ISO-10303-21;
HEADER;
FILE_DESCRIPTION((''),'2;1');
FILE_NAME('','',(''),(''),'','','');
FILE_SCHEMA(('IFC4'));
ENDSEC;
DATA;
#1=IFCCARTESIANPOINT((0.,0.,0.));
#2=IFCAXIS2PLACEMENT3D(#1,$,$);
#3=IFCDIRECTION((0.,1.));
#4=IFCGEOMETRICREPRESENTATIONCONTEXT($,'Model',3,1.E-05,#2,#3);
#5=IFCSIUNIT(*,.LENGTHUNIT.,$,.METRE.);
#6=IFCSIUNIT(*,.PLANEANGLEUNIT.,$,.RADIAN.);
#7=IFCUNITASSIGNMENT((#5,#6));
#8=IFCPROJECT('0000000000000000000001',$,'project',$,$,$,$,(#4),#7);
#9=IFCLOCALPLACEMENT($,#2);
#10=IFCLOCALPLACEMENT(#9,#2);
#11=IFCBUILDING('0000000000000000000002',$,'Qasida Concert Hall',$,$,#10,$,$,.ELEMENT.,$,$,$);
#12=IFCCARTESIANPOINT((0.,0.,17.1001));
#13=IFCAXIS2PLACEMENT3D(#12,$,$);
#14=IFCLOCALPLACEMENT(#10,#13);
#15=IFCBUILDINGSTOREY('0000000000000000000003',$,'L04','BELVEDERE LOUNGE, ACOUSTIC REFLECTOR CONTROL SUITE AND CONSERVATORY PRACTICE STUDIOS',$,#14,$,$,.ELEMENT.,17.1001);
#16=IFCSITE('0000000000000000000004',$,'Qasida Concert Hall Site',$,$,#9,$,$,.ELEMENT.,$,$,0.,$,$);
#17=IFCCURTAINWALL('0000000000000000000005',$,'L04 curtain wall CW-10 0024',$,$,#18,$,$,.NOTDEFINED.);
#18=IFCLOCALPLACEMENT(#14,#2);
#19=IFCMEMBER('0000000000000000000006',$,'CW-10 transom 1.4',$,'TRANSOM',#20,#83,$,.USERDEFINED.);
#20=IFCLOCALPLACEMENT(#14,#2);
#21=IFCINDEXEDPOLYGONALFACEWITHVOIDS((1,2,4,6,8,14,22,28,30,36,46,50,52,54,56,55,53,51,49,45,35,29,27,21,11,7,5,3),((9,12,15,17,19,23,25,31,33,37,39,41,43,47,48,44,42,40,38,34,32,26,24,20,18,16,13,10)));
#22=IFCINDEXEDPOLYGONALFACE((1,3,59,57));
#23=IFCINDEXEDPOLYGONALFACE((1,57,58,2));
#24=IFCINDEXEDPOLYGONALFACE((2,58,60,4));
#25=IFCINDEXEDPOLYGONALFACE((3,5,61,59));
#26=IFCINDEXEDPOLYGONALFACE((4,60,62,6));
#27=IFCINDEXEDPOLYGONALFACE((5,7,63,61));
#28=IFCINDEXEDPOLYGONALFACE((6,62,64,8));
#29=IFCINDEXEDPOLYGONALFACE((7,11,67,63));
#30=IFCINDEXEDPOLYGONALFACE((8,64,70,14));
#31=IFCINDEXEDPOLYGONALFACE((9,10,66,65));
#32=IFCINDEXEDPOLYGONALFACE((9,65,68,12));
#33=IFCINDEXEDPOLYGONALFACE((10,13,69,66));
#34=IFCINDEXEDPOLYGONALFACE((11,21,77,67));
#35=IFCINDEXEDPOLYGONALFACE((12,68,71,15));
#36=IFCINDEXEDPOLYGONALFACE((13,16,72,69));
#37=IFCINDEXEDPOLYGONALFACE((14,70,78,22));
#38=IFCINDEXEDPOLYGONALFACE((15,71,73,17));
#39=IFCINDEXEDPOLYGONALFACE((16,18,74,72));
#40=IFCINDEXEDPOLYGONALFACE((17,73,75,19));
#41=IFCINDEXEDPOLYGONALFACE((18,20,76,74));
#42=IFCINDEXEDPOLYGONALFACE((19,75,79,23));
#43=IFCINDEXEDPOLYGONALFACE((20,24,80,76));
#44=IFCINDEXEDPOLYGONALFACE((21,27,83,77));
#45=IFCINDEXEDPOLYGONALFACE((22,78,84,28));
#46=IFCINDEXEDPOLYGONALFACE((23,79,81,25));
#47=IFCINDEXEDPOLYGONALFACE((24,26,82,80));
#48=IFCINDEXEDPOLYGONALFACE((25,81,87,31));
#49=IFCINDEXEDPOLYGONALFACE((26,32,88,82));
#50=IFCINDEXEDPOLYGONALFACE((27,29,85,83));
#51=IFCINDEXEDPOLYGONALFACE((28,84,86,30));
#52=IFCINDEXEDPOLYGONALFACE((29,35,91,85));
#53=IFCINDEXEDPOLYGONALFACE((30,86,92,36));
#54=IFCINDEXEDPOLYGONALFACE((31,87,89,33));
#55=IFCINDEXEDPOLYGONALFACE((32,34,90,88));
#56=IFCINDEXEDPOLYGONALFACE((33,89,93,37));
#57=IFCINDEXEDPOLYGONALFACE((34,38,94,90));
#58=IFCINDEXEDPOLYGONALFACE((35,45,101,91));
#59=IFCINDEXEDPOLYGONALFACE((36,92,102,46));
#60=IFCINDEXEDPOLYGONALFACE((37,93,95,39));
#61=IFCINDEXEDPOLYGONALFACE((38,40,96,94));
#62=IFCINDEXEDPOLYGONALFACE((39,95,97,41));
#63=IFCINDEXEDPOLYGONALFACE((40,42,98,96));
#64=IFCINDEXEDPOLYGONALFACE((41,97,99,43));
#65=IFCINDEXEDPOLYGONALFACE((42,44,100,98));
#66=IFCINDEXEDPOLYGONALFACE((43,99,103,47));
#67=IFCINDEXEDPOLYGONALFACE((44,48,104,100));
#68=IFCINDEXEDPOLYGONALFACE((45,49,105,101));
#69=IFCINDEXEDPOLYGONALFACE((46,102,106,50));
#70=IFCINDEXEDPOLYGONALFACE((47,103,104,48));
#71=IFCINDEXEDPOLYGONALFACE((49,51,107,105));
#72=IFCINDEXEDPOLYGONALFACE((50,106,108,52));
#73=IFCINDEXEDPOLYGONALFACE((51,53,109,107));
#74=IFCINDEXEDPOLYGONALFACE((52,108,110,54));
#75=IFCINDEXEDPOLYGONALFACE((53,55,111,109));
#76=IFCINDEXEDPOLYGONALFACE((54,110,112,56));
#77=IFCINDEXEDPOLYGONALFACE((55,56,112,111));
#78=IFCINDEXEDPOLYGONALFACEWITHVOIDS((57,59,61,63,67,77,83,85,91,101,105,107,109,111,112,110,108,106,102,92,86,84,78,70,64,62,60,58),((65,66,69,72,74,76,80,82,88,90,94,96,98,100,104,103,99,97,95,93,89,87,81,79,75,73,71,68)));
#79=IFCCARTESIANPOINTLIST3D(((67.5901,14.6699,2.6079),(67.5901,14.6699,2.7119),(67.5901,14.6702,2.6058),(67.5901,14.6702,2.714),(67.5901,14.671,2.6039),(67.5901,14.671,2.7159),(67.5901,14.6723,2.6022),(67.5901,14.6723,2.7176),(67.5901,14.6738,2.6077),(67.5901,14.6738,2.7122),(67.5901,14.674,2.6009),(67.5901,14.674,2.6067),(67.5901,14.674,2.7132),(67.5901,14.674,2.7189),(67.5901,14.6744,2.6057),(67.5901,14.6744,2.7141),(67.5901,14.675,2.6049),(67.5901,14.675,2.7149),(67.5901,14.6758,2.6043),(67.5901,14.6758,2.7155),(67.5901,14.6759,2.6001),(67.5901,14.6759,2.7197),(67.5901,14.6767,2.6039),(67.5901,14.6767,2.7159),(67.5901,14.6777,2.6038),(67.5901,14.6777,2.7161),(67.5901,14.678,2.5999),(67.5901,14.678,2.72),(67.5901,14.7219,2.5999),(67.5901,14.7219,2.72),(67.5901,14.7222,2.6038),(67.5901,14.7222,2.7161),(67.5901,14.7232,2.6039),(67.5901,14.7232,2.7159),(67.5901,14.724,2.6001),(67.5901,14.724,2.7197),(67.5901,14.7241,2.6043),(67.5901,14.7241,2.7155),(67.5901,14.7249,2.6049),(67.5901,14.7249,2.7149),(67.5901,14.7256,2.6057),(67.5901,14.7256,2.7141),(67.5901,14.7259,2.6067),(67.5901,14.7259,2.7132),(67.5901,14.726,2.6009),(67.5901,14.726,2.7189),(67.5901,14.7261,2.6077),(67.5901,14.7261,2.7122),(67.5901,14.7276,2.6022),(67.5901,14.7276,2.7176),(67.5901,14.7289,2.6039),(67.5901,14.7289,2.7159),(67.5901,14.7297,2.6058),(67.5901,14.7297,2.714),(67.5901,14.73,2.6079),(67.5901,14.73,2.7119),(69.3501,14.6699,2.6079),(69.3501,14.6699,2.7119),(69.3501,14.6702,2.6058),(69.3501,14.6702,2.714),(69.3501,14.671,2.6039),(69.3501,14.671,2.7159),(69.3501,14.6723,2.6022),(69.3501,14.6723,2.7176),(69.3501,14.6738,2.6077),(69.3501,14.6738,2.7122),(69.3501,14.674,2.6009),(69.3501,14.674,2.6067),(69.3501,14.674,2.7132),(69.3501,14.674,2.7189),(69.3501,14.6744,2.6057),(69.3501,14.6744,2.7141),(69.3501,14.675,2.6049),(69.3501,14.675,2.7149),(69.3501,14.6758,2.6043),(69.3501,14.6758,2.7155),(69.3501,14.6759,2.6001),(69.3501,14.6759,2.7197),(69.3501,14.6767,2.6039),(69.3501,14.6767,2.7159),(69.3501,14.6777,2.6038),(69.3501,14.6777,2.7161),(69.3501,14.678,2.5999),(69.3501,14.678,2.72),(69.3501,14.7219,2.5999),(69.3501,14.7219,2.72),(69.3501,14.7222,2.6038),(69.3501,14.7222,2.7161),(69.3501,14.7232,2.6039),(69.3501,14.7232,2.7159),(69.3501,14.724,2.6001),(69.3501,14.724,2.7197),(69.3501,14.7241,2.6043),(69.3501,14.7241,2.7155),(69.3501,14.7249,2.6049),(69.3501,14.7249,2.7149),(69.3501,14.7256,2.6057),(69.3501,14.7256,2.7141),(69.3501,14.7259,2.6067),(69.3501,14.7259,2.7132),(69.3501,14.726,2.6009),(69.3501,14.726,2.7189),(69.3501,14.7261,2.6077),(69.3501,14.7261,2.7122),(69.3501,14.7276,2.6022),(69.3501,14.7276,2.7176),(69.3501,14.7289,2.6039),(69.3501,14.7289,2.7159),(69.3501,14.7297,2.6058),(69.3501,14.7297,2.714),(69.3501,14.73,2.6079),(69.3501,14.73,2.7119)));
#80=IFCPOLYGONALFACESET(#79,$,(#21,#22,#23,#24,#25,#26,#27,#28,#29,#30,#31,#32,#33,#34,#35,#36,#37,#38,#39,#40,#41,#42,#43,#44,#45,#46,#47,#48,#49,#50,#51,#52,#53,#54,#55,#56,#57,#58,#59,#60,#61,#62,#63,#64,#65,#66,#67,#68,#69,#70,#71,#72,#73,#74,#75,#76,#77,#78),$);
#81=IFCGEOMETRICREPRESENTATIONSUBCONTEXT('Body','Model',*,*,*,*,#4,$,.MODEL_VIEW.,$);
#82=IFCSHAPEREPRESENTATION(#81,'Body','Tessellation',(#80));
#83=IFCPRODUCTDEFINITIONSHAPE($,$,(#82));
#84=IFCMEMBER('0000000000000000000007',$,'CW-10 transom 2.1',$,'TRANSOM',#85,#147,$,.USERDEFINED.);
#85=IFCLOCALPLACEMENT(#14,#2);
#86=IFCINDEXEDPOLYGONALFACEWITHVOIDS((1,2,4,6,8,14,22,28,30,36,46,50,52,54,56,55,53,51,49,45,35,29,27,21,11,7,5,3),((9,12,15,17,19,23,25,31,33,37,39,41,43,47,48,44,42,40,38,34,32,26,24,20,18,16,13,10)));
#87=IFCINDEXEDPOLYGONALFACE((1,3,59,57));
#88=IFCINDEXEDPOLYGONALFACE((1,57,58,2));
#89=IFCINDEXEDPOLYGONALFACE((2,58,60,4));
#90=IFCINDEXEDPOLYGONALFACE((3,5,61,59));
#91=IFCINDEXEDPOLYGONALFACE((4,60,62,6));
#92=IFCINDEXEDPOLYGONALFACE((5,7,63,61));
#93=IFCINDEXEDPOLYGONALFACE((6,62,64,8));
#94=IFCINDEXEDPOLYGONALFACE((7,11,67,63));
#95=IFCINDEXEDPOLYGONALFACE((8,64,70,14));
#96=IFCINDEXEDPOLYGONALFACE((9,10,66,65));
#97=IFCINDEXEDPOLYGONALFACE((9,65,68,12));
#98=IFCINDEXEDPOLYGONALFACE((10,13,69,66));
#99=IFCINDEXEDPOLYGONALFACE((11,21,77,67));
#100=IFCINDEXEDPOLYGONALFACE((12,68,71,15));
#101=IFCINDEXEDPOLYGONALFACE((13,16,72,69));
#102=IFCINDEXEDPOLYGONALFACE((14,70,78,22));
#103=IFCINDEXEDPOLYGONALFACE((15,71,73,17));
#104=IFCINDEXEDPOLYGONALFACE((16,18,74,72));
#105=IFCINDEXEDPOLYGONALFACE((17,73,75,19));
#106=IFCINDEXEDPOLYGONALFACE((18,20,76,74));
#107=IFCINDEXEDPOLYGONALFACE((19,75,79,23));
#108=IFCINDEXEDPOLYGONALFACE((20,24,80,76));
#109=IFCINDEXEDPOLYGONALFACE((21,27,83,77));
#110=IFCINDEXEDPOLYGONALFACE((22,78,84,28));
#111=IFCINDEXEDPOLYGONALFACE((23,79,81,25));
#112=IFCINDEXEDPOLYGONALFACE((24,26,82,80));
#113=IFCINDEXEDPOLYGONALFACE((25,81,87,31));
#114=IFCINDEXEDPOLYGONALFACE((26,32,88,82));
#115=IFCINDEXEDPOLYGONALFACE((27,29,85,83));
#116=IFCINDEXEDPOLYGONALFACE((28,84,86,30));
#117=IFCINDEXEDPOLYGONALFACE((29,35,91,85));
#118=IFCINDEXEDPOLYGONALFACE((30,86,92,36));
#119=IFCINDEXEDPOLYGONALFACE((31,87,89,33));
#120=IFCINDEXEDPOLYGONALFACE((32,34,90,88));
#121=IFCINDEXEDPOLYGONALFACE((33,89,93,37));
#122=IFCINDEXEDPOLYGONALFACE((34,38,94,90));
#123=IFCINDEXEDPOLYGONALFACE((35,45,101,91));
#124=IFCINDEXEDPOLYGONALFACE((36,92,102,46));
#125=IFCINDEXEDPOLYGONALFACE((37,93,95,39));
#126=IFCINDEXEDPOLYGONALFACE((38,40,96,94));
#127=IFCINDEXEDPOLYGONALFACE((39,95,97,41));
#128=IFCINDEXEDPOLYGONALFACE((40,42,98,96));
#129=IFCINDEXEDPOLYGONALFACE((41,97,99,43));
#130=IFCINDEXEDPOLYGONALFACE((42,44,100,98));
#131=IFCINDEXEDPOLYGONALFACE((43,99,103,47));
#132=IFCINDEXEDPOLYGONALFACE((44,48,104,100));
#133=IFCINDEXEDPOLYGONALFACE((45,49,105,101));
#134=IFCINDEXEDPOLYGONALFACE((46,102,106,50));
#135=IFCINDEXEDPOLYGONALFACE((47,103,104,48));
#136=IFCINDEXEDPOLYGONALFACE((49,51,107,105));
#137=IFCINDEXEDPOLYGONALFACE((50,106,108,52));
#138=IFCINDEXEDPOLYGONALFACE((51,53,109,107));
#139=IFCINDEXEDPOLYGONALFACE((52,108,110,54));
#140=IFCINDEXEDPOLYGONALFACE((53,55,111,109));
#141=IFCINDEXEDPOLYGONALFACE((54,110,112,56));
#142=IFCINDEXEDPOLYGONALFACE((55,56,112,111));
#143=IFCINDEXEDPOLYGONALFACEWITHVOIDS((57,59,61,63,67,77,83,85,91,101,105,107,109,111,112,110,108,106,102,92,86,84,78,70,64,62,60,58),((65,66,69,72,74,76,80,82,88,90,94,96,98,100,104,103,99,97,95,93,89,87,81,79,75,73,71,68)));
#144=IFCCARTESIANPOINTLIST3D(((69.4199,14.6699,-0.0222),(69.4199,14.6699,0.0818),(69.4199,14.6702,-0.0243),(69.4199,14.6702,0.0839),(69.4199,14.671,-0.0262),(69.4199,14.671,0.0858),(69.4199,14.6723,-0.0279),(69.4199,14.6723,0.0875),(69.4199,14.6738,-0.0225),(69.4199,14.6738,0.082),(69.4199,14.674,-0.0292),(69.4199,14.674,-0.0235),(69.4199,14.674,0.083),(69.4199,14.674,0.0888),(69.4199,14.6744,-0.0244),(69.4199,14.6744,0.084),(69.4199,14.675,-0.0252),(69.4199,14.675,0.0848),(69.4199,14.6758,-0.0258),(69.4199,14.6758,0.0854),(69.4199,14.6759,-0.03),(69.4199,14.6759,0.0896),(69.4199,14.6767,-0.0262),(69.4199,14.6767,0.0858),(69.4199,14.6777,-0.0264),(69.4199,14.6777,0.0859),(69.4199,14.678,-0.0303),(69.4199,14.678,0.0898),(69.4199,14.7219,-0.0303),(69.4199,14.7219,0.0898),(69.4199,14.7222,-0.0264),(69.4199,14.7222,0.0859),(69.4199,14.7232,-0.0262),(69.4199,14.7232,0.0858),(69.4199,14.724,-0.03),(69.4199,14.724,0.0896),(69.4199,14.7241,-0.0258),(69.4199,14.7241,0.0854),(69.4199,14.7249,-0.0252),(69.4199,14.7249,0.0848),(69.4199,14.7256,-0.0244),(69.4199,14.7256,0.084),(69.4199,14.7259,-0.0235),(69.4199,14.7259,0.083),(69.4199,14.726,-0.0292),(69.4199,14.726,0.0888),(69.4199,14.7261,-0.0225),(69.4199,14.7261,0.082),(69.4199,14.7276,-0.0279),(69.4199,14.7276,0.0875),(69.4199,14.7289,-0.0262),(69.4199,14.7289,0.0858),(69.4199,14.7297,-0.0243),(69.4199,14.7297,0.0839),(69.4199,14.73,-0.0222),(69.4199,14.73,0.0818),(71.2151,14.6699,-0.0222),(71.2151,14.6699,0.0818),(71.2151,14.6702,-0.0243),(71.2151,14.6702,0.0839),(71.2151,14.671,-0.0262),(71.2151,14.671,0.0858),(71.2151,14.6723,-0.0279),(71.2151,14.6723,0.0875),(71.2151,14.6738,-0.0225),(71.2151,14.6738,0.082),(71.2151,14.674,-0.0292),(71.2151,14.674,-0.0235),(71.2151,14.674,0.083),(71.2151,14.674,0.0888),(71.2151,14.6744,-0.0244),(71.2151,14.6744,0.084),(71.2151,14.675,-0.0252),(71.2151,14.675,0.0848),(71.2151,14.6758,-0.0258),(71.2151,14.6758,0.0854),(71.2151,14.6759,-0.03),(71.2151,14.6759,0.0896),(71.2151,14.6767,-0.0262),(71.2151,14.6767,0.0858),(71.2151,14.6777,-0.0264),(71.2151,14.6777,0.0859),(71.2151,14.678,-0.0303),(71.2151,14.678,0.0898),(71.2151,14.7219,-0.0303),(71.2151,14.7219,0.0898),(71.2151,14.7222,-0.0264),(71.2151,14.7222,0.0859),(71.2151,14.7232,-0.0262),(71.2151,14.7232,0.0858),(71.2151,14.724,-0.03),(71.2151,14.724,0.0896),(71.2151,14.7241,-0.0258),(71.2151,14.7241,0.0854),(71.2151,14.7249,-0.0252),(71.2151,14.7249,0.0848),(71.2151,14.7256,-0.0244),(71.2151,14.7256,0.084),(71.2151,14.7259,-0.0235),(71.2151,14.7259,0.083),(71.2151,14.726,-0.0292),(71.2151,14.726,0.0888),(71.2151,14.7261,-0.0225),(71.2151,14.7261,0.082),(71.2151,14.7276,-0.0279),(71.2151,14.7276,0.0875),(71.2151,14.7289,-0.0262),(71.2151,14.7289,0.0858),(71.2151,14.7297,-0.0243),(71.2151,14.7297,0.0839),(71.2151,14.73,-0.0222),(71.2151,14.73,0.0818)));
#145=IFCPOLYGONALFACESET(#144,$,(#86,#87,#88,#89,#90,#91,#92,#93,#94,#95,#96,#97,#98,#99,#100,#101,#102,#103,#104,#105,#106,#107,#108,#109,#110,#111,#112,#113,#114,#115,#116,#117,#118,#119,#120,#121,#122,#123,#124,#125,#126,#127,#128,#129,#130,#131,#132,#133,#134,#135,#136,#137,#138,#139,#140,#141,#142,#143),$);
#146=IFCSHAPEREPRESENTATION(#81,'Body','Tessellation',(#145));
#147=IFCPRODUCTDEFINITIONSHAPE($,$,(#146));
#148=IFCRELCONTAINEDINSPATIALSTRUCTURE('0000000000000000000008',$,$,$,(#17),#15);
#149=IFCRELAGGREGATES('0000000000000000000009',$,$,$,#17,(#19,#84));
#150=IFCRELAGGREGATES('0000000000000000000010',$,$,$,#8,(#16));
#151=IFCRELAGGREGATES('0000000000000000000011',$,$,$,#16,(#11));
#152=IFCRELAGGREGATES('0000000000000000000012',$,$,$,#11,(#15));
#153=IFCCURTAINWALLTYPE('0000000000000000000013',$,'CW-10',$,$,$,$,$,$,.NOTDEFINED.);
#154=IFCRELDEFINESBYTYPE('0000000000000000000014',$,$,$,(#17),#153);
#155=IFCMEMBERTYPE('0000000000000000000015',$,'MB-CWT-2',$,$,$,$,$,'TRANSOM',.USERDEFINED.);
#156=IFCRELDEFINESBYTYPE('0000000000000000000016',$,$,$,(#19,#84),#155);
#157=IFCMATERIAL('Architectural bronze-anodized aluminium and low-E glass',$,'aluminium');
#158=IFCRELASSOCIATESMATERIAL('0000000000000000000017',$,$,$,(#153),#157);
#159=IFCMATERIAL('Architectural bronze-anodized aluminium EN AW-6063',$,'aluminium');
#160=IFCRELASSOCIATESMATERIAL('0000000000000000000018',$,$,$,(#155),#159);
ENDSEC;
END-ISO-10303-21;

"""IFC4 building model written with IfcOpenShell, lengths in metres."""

from ifc_helpers import new_model, si_unit, direction, frame, origin, origin_2d, place, context, subcontext, project, spatial, hollow_rectangle, extrude, material, material_profile, profile_set, type_object, element, aggregate, save


model = new_model("IFC4")

# Units and contexts
model_context = context("Model", 3, precision=1e-05, world=origin(), true_north=direction((0.0, 1.0)))
body_context = subcontext(model_context, "Body", "Model", "MODEL_VIEW")
ifc_project = project(units=[si_unit("LENGTHUNIT", "METRE"), si_unit("PLANEANGLEUNIT", "RADIAN")], contexts=[model_context])

# Site, building, storey
site_placement = place(None, origin())
site = spatial("IfcSite", under=ifc_project, at=site_placement, Name="Qasida Concert Hall Site", CompositionType="ELEMENT", RefElevation=0.0)
building_placement = place(site_placement, origin())
building = spatial("IfcBuilding", under=site, at=building_placement, Name="Qasida Concert Hall", CompositionType="ELEMENT")
storey_placement = place(building_placement, frame((0.0, 0.0, 17.1001)))
storey = spatial("IfcBuildingStorey", under=building, at=storey_placement, Name="L04", Description="BELVEDERE LOUNGE, ACOUSTIC REFLECTOR CONTROL SUITE AND CONSERVATORY PRACTICE STUDIOS", CompositionType="ELEMENT", Elevation=17.1001)

# Curtain wall, members
ifc_material_1 = material(Name="Architectural bronze-anodized aluminium and low-E glass", Category="aluminium")
curtain_wall_type = type_object("IfcCurtainWallType", Name="CW-10", PredefinedType="NOTDEFINED", material=ifc_material_1)
curtain_wall_placement = place(storey_placement, origin())
curtain_wall = element("IfcCurtainWall", 1, at=curtain_wall_placement, inside=storey, type_object=curtain_wall_type, Name="L04 curtain wall CW-10 0024", PredefinedType="NOTDEFINED")
ifc_material_2 = material(Name="Architectural bronze-anodized aluminium EN AW-6063", Category="aluminium")
ifc_material_profile_1 = material_profile(ifc_material_2, hollow_rectangle(XDim=0.0601, YDim=0.1201, WallThickness=0.0039, InnerFilletRadius=0.0039, OuterFilletRadius=0.0081, at=origin_2d()), Name="CWT 120x60x4")
ifc_profile_set_1 = profile_set([ifc_material_profile_1], Name="Architectural bronze-anodized aluminium EN AW-6063")
member_type_1 = type_object("IfcMemberType", Name="MB-CWT-2", ElementType="TRANSOM", PredefinedType="USERDEFINED", material=ifc_profile_set_1)
member_1_placement = place(storey_placement, frame((67.5901, 14.7, 2.6599), z_axis=(1.0, 0.0, 0.0), x_axis=(0.0, 1.0, 0.0)))
member_1 = element("IfcMember", 2, at=member_1_placement, type_object=member_type_1, Name="CW-10 transom 1.4", ObjectType="TRANSOM", PredefinedType="USERDEFINED", context=body_context, shape_type="SweptSolid", body=[
    extrude(hollow_rectangle(XDim=0.0601, YDim=0.1201, WallThickness=0.0039, InnerFilletRadius=0.0039, OuterFilletRadius=0.0081, at=origin_2d()), origin(), (0.0, 0.0, 1.0), 1.76),
])
member_2_placement = place(storey_placement, frame((69.4199, 14.7, 0.0298), z_axis=(1.0, 0.0, 0.0), x_axis=(0.0, 1.0, 0.0)))
member_2 = element("IfcMember", 3, at=member_2_placement, type_object=member_type_1, Name="CW-10 transom 2.1", ObjectType="TRANSOM", PredefinedType="USERDEFINED", context=body_context, shape_type="SweptSolid", body=[
    extrude(hollow_rectangle(XDim=0.0601, YDim=0.1201, WallThickness=0.0039, InnerFilletRadius=0.0039, OuterFilletRadius=0.0081, at=origin_2d()), origin(), (0.0, 0.0, 1.0), 1.7952),
])
aggregate(curtain_wall, [member_1, member_2])

save(model, "model.ifc")
